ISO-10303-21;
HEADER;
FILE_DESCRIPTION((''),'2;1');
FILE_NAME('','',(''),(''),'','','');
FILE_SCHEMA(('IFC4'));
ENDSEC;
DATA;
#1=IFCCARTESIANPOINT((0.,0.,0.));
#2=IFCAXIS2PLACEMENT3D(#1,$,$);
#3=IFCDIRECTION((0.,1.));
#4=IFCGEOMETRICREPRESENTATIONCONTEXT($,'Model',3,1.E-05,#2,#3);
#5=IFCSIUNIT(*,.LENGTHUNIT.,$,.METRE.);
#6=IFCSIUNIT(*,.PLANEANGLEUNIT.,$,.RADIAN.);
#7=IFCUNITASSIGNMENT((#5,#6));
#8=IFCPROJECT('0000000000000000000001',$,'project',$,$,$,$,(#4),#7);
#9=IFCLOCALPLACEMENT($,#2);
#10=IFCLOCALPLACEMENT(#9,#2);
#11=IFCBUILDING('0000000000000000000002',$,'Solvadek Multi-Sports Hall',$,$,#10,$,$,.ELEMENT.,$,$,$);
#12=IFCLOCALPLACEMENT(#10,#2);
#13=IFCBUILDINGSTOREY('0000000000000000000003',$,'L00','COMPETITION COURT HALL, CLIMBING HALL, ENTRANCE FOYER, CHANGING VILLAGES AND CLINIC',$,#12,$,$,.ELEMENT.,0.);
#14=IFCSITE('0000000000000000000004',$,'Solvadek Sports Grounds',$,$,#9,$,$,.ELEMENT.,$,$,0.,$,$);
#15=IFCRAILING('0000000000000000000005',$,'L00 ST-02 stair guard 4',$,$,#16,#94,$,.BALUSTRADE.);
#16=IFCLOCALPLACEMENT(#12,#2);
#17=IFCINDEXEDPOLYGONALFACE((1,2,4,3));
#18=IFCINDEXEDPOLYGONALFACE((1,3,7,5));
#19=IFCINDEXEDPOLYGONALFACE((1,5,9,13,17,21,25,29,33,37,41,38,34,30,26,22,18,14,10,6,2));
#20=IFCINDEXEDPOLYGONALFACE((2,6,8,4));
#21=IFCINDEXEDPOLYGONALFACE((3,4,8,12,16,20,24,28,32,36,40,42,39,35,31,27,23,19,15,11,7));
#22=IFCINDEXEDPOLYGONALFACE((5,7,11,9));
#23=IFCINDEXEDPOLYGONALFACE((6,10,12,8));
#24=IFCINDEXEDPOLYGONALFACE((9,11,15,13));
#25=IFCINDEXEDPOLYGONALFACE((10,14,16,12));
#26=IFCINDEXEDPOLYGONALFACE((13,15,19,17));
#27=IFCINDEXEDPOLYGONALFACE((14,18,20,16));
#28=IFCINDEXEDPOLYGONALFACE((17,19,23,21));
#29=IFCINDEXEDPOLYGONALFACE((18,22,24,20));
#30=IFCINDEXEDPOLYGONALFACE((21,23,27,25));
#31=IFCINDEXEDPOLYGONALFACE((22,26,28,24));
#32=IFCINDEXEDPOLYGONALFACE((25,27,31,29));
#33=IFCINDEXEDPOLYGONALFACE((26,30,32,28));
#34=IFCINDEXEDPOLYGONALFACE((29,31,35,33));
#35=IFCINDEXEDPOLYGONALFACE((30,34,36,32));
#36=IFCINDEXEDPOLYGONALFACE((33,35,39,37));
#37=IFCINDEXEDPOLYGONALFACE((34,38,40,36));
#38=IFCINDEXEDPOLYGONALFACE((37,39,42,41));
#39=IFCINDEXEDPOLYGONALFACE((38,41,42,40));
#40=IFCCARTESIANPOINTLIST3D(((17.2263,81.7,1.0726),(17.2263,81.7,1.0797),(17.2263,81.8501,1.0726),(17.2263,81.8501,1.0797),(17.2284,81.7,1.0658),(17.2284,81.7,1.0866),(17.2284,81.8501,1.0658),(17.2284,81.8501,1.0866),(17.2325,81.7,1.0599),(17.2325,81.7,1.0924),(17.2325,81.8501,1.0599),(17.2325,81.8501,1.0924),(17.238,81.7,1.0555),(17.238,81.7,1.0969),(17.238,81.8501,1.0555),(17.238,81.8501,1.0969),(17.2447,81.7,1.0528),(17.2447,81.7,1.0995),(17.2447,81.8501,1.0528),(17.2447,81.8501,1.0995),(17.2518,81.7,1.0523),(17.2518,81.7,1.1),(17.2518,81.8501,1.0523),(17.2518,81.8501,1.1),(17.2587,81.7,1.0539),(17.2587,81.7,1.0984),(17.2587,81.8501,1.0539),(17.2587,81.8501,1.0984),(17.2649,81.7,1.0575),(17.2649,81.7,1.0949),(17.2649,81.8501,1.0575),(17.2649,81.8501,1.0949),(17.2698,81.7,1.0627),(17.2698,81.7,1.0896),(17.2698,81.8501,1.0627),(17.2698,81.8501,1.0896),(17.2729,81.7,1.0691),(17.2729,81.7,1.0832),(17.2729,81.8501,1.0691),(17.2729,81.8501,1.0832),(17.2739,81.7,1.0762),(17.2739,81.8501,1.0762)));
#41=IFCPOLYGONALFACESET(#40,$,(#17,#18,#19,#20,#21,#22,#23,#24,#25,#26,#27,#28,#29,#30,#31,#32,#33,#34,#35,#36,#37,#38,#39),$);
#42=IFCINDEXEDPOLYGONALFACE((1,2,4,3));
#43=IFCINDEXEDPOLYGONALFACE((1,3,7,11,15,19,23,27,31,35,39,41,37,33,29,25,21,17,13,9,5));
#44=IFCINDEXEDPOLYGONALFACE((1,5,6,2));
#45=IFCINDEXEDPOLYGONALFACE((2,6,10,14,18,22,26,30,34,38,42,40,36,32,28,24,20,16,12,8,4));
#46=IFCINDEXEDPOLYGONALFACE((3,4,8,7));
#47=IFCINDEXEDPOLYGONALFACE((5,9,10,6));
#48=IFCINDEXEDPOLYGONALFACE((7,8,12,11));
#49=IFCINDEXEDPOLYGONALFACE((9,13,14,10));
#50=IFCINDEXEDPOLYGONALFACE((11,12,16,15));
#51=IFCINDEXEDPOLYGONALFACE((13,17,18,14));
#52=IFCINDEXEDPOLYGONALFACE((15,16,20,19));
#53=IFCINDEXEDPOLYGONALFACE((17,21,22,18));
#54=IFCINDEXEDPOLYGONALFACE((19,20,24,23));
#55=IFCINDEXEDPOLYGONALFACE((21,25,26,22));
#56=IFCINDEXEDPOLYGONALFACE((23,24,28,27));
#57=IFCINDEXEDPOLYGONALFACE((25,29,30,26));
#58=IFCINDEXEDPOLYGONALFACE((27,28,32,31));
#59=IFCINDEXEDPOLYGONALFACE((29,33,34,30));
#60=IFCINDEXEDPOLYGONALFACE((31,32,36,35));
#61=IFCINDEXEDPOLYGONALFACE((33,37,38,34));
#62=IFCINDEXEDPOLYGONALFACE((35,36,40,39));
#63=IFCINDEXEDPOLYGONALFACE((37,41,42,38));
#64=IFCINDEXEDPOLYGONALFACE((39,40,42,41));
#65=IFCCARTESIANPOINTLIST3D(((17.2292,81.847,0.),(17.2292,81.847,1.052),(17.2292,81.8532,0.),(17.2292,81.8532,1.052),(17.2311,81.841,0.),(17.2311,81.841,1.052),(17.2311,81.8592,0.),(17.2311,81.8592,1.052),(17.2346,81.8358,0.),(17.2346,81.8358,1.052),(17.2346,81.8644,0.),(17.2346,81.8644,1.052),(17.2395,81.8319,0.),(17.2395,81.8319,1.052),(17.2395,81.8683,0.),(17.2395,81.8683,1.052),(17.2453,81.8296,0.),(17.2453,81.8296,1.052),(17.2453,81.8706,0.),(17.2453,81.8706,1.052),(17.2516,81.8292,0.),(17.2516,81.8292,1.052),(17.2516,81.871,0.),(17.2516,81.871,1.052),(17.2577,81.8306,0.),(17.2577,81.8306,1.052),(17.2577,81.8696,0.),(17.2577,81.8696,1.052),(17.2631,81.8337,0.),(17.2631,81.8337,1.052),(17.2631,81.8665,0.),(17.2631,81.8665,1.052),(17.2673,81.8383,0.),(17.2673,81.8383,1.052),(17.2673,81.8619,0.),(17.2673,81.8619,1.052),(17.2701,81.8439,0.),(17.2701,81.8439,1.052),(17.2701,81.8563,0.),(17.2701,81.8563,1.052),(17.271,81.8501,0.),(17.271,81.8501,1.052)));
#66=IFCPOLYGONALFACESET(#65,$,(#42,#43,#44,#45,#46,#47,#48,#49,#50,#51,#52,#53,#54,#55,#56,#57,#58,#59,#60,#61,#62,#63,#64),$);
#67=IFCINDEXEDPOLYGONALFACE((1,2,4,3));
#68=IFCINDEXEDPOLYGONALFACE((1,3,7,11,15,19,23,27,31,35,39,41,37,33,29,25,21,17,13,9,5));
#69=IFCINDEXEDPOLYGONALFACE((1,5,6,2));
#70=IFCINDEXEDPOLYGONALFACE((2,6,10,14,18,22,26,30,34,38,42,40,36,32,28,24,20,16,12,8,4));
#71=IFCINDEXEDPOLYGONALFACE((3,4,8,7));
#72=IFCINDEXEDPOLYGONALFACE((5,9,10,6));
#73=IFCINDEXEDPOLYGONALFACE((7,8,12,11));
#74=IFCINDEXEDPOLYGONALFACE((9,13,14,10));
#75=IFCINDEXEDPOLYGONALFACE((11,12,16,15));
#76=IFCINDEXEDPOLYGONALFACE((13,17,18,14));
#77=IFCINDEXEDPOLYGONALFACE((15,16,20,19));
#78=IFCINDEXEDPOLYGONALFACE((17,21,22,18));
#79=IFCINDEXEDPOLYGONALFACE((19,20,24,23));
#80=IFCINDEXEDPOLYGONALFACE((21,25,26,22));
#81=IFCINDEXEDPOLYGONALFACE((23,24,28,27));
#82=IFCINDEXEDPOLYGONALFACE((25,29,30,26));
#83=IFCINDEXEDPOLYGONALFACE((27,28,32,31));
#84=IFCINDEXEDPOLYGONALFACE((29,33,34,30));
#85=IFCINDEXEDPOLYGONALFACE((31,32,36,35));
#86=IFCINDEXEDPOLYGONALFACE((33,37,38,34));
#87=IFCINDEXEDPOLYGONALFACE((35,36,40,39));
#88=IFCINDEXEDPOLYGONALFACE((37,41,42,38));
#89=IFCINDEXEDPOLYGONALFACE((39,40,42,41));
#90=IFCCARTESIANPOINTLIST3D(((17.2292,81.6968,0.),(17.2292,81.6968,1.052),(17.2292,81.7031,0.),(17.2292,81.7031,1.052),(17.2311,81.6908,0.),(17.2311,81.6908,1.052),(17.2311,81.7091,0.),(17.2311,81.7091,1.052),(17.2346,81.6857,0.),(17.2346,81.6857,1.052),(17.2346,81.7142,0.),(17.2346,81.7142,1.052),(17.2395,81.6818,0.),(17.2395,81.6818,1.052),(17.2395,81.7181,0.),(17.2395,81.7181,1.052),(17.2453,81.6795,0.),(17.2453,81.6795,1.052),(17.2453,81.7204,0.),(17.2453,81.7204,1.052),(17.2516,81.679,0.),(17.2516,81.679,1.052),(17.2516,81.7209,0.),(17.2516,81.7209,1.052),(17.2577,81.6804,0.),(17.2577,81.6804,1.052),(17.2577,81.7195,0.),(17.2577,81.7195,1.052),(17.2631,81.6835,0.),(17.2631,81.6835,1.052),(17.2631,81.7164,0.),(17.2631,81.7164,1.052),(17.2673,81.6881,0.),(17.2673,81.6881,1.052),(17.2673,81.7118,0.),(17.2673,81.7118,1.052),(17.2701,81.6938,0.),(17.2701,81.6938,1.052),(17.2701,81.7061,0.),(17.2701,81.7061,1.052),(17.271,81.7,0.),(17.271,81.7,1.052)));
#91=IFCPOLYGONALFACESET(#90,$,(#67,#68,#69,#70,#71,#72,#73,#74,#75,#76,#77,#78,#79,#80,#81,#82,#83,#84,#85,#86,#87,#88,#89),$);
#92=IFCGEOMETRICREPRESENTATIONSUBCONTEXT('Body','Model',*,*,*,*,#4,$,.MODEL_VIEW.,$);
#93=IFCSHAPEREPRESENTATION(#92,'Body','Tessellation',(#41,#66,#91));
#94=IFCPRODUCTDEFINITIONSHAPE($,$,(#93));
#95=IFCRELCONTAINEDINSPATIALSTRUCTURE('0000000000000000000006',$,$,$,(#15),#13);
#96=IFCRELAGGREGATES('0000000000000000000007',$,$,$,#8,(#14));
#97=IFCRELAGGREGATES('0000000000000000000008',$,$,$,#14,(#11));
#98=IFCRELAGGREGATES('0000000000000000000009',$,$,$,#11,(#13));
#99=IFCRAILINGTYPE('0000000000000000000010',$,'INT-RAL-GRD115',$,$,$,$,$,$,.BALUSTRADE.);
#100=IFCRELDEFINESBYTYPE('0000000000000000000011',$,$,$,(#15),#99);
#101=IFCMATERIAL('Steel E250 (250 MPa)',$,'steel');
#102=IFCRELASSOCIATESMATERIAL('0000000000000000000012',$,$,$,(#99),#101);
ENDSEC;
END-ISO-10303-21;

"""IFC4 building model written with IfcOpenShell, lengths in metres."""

from ifc_helpers import new_model, si_unit, direction, frame, origin, origin_2d, place, context, subcontext, project, spatial, circle, extrude, material, type_object, element, save


model = new_model("IFC4")

# Units and contexts
model_context = context("Model", 3, precision=1e-05, world=origin(), true_north=direction((0.0, 1.0)))
body_context = subcontext(model_context, "Body", "Model", "MODEL_VIEW")
ifc_project = project(units=[si_unit("LENGTHUNIT", "METRE"), si_unit("PLANEANGLEUNIT", "RADIAN")], contexts=[model_context])

# Site, building, storey
site_placement = place(None, origin())
site = spatial("IfcSite", under=ifc_project, at=site_placement, Name="Solvadek Sports Grounds", CompositionType="ELEMENT", RefElevation=0.0)
building_placement = place(site_placement, origin())
building = spatial("IfcBuilding", under=site, at=building_placement, Name="Solvadek Multi-Sports Hall", CompositionType="ELEMENT")
storey_placement = place(building_placement, origin())
storey = spatial("IfcBuildingStorey", under=building, at=storey_placement, Name="L00", Description="COMPETITION COURT HALL, CLIMBING HALL, ENTRANCE FOYER, CHANGING VILLAGES AND CLINIC", CompositionType="ELEMENT", Elevation=0.0)

# Shared definitions
ifc_material_1 = material(Name="Steel E250 (250 MPa)", Category="steel")

# Railing
railing_type_1 = type_object("IfcRailingType", Name="INT-RAL-GRD115", PredefinedType="BALUSTRADE", material=ifc_material_1)
railing_1_placement = place(storey_placement, frame((17.25, 81.8501, 0.0)))
element("IfcRailing", 1, at=railing_1_placement, inside=storey, type_object=railing_type_1, Name="L00 ST-02 stair guard 4", PredefinedType="BALUSTRADE", context=body_context, shape_type="SweptSolid", body=[
    extrude(circle(Radius=0.0239, at=origin_2d()), frame((0.0, 0.0, 1.0762), z_axis=(0.0, -1.0, 0.0), x_axis=(1.0, 0.0, 0.0)), (0.0, 0.0, 1.0), 0.1501),
    extrude(circle(Radius=0.021, at=origin_2d()), origin(), (0.0, 0.0, 1.0), 1.052),
    extrude(circle(Radius=0.021, at=origin_2d()), frame((0.0, -0.1501, 0.0)), (0.0, 0.0, 1.0), 1.052),
])

save(model, "model.ifc")
